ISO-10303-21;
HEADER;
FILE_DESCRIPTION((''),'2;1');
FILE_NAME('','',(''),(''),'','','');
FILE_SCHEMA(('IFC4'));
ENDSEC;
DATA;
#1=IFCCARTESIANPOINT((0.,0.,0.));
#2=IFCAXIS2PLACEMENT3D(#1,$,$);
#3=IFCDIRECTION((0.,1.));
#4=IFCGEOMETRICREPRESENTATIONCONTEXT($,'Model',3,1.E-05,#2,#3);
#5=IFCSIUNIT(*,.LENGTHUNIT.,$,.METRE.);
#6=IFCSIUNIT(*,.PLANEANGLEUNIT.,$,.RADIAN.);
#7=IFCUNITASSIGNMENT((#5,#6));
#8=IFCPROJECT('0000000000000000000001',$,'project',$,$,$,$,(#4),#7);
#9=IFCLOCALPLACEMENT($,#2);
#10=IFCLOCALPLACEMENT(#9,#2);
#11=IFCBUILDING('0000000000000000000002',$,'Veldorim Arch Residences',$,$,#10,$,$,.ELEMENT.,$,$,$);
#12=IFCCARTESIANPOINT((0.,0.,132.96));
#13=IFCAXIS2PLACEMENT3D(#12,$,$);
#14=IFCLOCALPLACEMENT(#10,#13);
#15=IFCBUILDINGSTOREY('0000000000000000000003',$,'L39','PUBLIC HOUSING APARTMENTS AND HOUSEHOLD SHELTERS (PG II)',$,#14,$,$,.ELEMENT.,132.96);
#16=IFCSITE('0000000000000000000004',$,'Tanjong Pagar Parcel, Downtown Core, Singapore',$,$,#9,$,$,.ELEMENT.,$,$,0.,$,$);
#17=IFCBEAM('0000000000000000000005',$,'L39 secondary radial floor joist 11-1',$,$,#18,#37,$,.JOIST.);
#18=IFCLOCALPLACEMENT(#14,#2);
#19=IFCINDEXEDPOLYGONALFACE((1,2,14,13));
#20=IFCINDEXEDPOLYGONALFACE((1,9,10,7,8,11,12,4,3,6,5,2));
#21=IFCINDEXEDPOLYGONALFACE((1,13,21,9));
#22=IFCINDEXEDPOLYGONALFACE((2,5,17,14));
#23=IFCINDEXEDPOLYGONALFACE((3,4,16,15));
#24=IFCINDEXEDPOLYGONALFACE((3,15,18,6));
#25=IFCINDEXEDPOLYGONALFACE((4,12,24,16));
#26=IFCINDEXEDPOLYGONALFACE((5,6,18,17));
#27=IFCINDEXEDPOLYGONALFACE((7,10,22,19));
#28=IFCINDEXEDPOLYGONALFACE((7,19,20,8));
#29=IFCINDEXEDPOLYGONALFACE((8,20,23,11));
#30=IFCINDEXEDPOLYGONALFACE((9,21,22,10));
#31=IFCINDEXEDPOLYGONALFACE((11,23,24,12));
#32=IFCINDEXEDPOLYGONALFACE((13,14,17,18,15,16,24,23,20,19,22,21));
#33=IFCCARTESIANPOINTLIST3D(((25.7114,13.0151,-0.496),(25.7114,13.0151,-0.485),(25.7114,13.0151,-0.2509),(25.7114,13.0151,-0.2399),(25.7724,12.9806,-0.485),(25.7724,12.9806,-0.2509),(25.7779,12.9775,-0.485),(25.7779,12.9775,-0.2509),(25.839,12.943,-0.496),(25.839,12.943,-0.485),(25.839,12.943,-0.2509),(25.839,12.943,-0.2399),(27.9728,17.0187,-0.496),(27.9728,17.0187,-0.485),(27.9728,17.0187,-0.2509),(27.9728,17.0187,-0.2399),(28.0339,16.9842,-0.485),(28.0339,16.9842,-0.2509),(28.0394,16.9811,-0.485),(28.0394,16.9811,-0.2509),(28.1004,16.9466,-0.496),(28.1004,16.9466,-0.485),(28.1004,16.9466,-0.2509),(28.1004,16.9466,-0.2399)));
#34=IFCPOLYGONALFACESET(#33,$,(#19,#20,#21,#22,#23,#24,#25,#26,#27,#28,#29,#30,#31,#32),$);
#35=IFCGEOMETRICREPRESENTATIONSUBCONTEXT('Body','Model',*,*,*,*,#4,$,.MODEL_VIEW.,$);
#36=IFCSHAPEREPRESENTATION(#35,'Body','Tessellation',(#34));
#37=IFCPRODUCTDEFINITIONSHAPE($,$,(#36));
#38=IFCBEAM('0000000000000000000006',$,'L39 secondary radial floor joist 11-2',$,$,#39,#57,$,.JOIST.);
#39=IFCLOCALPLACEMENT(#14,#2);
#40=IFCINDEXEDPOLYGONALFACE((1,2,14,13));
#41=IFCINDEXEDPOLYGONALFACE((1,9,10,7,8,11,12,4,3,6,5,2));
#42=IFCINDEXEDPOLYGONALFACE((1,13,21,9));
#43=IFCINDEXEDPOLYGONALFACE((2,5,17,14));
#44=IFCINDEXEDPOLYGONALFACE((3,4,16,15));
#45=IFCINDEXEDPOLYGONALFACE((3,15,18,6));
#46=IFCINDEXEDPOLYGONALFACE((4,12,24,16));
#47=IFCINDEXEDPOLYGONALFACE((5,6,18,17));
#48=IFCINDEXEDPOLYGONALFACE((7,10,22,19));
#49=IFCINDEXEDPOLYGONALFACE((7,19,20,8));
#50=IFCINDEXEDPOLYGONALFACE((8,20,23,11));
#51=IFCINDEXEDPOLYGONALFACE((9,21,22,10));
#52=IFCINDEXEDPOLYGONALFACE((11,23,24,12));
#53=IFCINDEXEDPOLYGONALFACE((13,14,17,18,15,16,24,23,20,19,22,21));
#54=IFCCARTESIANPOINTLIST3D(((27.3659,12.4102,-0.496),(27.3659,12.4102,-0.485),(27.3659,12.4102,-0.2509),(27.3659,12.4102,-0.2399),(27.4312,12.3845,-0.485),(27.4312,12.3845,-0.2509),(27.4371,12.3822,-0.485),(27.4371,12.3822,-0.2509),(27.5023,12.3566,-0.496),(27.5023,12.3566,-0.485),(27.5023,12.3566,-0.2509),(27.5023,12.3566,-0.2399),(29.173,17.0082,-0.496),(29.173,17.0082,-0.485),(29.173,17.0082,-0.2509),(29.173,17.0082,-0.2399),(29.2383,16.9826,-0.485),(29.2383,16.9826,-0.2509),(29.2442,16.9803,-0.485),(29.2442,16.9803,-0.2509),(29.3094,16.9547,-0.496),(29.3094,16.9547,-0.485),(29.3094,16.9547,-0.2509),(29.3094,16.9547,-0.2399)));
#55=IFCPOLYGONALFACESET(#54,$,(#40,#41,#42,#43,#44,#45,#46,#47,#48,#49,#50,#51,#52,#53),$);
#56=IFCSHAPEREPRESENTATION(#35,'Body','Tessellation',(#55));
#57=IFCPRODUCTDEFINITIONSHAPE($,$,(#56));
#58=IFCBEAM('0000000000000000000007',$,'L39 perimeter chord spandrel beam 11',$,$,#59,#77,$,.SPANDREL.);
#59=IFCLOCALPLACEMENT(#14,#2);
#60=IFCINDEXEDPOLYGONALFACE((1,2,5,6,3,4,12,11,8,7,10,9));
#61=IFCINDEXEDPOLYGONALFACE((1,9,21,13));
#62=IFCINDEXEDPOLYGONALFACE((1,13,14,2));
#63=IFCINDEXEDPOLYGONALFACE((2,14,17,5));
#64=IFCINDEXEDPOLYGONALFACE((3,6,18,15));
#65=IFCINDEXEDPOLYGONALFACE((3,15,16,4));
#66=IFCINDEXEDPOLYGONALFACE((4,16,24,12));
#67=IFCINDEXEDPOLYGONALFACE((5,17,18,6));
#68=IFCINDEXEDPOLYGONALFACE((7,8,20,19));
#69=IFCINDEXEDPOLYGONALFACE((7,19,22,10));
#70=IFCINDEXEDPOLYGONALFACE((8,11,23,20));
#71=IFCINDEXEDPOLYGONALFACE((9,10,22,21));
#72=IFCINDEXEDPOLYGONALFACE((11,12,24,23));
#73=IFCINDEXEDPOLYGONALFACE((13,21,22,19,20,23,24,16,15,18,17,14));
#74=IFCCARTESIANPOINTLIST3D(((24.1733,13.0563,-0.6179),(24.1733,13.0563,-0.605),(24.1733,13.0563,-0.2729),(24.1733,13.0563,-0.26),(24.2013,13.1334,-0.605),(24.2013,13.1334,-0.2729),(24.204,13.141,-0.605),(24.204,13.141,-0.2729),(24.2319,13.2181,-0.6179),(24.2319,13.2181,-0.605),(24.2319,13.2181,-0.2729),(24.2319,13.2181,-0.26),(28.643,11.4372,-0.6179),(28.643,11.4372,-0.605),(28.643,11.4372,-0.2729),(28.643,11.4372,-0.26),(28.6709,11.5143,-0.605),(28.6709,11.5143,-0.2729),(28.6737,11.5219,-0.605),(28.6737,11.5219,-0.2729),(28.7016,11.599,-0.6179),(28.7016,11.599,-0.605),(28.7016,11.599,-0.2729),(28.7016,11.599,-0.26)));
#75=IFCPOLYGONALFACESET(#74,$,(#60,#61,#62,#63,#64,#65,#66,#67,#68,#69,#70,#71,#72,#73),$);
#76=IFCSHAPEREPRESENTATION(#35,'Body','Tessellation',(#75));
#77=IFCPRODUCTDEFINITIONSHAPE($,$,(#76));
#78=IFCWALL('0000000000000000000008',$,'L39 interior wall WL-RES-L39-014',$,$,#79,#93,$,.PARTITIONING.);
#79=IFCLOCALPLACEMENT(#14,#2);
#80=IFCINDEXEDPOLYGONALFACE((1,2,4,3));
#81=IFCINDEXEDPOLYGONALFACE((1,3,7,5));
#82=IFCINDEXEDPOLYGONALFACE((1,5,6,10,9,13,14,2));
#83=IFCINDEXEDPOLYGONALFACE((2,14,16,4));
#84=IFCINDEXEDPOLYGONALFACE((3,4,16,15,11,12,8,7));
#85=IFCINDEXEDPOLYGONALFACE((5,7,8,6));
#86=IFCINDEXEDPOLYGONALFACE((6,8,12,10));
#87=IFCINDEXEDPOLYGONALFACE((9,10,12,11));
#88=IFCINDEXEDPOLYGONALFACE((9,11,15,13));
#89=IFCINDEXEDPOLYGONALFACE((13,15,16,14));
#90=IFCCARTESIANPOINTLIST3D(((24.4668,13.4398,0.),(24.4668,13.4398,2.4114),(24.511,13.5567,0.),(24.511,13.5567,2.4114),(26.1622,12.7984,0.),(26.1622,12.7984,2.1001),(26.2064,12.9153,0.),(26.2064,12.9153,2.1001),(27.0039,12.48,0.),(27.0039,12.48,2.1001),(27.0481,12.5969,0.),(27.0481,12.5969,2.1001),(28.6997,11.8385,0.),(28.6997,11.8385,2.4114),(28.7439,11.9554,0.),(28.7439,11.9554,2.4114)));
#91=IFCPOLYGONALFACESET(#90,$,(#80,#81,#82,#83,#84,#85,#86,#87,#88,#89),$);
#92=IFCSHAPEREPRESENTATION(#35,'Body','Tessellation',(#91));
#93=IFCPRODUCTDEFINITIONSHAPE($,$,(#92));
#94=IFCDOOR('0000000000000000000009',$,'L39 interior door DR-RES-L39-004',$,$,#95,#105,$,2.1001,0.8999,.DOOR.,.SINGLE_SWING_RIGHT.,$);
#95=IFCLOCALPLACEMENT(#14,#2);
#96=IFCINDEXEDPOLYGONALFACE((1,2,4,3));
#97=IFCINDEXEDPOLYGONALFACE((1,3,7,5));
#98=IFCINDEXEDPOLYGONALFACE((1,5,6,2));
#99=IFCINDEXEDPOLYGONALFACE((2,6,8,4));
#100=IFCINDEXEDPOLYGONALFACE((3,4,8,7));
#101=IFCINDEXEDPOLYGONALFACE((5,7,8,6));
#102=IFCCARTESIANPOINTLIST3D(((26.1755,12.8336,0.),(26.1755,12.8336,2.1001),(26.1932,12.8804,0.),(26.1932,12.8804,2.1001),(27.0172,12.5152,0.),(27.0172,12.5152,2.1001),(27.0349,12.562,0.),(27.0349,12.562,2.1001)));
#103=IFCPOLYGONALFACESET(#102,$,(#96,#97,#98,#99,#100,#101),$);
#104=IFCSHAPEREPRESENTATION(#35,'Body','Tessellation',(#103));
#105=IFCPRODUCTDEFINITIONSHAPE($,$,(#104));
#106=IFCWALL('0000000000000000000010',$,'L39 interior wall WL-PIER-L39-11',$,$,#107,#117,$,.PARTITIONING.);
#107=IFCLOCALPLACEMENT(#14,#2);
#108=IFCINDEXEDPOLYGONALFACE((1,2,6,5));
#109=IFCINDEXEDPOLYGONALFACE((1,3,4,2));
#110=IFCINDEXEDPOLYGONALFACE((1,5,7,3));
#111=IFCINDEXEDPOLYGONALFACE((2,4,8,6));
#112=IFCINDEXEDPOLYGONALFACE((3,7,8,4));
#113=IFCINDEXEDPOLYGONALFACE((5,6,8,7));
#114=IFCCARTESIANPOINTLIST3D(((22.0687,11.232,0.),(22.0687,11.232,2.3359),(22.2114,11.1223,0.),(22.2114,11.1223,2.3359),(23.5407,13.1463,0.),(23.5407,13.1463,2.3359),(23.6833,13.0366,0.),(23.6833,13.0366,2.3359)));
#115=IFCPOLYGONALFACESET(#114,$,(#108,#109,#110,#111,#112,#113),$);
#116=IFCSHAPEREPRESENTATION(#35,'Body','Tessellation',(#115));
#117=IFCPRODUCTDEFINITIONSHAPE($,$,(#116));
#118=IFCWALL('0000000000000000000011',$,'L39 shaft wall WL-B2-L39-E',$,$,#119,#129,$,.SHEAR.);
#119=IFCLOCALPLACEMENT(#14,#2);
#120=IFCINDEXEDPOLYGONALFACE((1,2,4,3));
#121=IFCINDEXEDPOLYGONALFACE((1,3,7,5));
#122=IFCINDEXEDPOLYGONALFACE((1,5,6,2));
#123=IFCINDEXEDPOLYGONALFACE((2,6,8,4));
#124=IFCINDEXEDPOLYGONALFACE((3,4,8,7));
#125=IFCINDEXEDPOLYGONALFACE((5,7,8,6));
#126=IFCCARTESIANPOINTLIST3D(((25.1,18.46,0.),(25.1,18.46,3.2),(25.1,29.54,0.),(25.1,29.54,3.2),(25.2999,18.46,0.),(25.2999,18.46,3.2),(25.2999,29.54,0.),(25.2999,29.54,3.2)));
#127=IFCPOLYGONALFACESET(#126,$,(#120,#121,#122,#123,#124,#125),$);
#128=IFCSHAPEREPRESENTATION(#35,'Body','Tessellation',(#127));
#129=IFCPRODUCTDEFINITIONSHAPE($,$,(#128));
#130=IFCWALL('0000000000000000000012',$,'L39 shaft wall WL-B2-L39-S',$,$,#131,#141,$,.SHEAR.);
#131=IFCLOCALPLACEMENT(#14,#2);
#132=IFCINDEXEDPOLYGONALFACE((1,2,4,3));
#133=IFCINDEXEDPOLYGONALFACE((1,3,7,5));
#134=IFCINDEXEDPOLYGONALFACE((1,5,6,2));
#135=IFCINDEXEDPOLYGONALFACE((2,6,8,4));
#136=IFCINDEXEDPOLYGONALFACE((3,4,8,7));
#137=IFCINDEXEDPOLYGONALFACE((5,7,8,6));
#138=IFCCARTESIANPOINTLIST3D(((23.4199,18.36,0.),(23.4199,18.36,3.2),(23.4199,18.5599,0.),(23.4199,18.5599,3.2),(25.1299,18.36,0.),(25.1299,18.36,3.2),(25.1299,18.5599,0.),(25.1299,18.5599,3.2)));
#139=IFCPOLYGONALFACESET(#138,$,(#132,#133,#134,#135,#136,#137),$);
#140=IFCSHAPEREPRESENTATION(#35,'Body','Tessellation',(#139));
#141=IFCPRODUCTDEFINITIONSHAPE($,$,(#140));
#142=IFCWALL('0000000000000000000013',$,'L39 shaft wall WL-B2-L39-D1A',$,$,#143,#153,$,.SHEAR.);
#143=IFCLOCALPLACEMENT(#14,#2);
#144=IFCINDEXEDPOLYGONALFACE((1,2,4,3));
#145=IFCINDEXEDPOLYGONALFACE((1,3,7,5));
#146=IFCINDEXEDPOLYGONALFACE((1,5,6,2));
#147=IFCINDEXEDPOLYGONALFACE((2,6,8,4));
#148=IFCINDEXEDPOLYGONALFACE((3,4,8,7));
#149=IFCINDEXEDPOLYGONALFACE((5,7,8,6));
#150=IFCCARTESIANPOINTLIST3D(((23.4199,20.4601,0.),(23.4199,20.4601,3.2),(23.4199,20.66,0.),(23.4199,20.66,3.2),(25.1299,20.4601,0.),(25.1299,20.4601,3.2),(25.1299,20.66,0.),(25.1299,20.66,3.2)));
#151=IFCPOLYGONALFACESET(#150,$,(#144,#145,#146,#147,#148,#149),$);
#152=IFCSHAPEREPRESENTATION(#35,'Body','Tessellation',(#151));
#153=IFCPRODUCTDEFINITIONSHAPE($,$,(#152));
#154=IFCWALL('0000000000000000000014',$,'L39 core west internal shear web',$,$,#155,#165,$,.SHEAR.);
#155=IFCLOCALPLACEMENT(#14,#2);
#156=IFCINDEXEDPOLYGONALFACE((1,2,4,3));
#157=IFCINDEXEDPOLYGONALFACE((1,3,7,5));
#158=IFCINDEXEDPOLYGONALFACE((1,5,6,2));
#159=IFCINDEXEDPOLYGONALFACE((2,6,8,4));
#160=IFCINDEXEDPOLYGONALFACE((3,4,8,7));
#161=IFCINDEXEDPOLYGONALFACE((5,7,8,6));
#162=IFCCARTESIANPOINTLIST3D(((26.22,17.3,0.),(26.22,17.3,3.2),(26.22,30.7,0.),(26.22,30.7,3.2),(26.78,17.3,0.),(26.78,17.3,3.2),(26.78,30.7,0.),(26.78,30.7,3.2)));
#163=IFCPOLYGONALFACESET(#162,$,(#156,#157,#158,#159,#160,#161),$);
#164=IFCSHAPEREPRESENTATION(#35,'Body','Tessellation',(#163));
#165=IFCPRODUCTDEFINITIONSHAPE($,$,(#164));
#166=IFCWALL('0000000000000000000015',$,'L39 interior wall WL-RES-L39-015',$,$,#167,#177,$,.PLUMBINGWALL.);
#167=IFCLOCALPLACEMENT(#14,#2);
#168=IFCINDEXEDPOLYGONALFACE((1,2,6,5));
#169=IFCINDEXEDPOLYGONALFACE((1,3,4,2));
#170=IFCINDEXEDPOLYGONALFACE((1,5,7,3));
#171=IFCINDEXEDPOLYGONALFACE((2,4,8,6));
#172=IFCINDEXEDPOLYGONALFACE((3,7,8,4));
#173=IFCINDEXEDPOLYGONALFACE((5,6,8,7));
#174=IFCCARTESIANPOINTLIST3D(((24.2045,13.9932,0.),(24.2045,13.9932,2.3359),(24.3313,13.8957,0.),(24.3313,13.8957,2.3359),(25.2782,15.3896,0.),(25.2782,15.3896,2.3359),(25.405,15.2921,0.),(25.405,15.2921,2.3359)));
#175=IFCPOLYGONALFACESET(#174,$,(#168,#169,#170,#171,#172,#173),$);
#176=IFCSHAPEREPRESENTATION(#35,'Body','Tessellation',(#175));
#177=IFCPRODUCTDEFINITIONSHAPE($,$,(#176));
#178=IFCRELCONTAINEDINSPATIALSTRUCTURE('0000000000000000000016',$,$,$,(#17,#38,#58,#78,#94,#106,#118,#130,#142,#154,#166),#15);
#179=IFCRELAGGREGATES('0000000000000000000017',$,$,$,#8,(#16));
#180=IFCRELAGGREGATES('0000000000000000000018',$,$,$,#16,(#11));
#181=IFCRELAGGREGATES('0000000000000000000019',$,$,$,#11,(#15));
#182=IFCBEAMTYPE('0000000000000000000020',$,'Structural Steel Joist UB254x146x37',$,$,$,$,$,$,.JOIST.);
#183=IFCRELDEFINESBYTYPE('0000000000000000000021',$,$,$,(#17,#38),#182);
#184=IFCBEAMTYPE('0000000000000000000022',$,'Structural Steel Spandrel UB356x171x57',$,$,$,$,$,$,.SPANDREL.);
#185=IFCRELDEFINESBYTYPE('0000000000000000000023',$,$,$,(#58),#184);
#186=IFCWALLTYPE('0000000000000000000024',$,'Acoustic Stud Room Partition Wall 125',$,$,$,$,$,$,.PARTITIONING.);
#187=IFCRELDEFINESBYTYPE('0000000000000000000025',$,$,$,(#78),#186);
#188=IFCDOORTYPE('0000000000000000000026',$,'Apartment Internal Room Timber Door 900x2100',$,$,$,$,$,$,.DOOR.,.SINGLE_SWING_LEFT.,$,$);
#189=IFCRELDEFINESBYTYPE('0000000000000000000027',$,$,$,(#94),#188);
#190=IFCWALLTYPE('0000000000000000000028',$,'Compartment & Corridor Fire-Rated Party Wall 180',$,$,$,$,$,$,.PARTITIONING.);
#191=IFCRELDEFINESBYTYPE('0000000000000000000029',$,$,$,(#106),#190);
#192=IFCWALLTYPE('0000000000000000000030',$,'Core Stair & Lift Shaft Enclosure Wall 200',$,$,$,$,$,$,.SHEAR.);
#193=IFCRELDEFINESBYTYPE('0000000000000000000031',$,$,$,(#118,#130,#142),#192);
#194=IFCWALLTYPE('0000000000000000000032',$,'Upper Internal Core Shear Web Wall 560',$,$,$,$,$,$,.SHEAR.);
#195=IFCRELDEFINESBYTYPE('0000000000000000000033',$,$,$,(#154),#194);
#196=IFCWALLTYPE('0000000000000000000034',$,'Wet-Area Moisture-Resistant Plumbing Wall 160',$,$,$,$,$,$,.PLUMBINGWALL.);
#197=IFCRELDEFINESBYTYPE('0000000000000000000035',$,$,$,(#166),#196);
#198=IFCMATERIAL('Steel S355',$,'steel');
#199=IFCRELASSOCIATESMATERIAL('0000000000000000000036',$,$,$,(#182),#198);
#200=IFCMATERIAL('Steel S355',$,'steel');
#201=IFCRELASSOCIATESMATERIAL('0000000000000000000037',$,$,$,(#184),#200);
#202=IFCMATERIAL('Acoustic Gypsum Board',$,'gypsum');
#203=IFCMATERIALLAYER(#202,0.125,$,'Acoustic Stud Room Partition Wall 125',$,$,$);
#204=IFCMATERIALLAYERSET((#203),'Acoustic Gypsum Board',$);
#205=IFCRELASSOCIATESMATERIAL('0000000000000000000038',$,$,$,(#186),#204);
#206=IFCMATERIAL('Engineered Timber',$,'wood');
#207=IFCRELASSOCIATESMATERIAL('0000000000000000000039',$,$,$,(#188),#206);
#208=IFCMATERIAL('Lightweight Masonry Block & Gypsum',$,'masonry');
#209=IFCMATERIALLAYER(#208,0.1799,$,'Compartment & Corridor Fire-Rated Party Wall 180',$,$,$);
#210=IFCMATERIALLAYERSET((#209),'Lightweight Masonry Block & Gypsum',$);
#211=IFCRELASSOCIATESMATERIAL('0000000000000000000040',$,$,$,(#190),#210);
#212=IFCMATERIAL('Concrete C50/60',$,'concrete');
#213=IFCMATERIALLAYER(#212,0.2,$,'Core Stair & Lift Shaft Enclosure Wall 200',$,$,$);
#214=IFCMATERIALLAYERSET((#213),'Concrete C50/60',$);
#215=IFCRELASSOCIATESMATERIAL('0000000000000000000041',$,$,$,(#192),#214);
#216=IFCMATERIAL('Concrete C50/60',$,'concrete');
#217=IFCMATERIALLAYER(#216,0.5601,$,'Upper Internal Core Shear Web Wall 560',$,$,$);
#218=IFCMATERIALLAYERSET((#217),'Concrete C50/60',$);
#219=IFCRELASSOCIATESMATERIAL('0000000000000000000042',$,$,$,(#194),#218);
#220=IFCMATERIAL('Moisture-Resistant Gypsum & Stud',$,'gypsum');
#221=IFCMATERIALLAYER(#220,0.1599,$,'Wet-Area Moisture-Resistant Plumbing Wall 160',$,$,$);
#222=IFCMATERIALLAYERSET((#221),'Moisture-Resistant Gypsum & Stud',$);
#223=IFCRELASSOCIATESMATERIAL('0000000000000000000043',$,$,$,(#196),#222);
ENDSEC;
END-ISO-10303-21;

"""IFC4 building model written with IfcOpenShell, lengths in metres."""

from ifc_helpers import new_model, si_unit, direction, frame, frame_2d, origin, origin_2d, place, context, subcontext, project, spatial, rectangle, i_section, extrude, material, layer, layer_set, material_profile, profile_set, type_object, element, fill, save


model = new_model("IFC4")

# Units and contexts
model_context = context("Model", 3, precision=1e-05, world=origin(), true_north=direction((0.0, 1.0)))
body_context = subcontext(model_context, "Body", "Model", "MODEL_VIEW")
ifc_project = project(units=[si_unit("LENGTHUNIT", "METRE"), si_unit("PLANEANGLEUNIT", "RADIAN")], contexts=[model_context])

# Site, building, storey
site_placement = place(None, origin())
site = spatial("IfcSite", under=ifc_project, at=site_placement, Name="Tanjong Pagar Parcel, Downtown Core, Singapore", CompositionType="ELEMENT", RefElevation=0.0)
building_placement = place(site_placement, origin())
building = spatial("IfcBuilding", under=site, at=building_placement, Name="Veldorim Arch Residences", CompositionType="ELEMENT")
storey_placement = place(building_placement, frame((0.0, 0.0, 132.96)))
storey = spatial("IfcBuildingStorey", under=building, at=storey_placement, Name="L39", Description="PUBLIC HOUSING APARTMENTS AND HOUSEHOLD SHELTERS (PG II)", CompositionType="ELEMENT", Elevation=132.96)

# Beams
ifc_material_1 = material(Name="Steel S355", Category="steel")
ifc_material_profile_1 = material_profile(ifc_material_1, i_section(OverallWidth=0.1465, OverallDepth=0.2561, WebThickness=0.0063, FlangeThickness=0.011, at=origin_2d()), Name="UB254x146x37")
ifc_profile_set_1 = profile_set([ifc_material_profile_1], Name="Steel S355")
beam_type_1 = type_object("IfcBeamType", Name="Structural Steel Joist UB254x146x37", PredefinedType="JOIST", material=ifc_profile_set_1)
beam_1_placement = place(storey_placement, frame((28.0366, 16.9827, -0.3679), z_axis=(-0.491816, -0.870699, 0.0), x_axis=(0.870699, -0.491816, 0.0)))
element("IfcBeam", 1, at=beam_1_placement, inside=storey, type_object=beam_type_1, Name="L39 secondary radial floor joist 11-1", PredefinedType="JOIST", context=body_context, shape_type="SweptSolid", body=[
    extrude(i_section(OverallWidth=0.1465, OverallDepth=0.2561, WebThickness=0.0063, FlangeThickness=0.011, at=origin_2d()), origin(), (0.0, 0.0, 1.0), 4.5981),
])
beam_2_placement = place(storey_placement, frame((29.2412, 16.9814, -0.3679), z_axis=(-0.365778, -0.930702, 0.0), x_axis=(0.930702, -0.365778, 0.0)))
element("IfcBeam", 2, at=beam_2_placement, inside=storey, type_object=beam_type_1, Name="L39 secondary radial floor joist 11-2", PredefinedType="JOIST", context=body_context, shape_type="SweptSolid", body=[
    extrude(i_section(OverallWidth=0.1465, OverallDepth=0.2561, WebThickness=0.0063, FlangeThickness=0.011, at=origin_2d()), origin(), (0.0, 0.0, 1.0), 4.9404),
])
ifc_material_2 = material(Name="Steel S355", Category="steel")
ifc_material_profile_2 = material_profile(ifc_material_2, i_section(OverallWidth=0.1721, OverallDepth=0.3579, WebThickness=0.0081, FlangeThickness=0.0129, at=origin_2d()), Name="UB356x171x57")
ifc_profile_set_2 = profile_set([ifc_material_profile_2], Name="Steel S355")
beam_type_2 = type_object("IfcBeamType", Name="Structural Steel Spandrel UB356x171x57", PredefinedType="SPANDREL", material=ifc_profile_set_2)
beam_3_placement = place(storey_placement, frame((24.2026, 13.1372, -0.439), z_axis=(0.940213, -0.340588, 0.0), x_axis=(0.340588, 0.940213, 0.0)))
element("IfcBeam", 3, at=beam_3_placement, inside=storey, type_object=beam_type_2, Name="L39 perimeter chord spandrel beam 11", PredefinedType="SPANDREL", context=body_context, shape_type="SweptSolid", body=[
    extrude(i_section(OverallWidth=0.1721, OverallDepth=0.3579, WebThickness=0.0081, FlangeThickness=0.0129, at=origin_2d()), origin(), (0.0, 0.0, 1.0), 4.7539),
])

# Wall, opening, door
ifc_material_3 = material(Name="Acoustic Gypsum Board", Category="gypsum")
ifc_layer_1 = layer(ifc_material_3, 0.125, Name="Acoustic Stud Room Partition Wall 125")
ifc_layer_set_1 = layer_set([ifc_layer_1], Name="Acoustic Gypsum Board")
wall_type_1 = type_object("IfcWallType", Name="Acoustic Stud Room Partition Wall 125", PredefinedType="PARTITIONING", material=ifc_layer_set_1)
wall_1_placement = place(storey_placement, frame((28.7217, 11.897, 0.0), z_axis=(0.0, 0.0, 1.0), x_axis=(-0.93531, 0.35383, 0.0)))
wall_1 = element("IfcWall", 4, at=wall_1_placement, inside=storey, type_object=wall_type_1, Name="L39 interior wall WL-RES-L39-014", PredefinedType="PARTITIONING", context=body_context, shape_type="SweptSolid", body=[
    extrude(rectangle(XDim=4.5256, YDim=0.125, at=frame_2d((2.2627, 0.0))), origin(), (0.0, 0.0, 1.0), 2.4114),
])
opening_1_placement = place(wall_1_placement, frame((1.813, 0.0, 0.0)))
opening_1 = element("IfcOpeningElement", 5, at=opening_1_placement, cuts=wall_1, PredefinedType="OPENING", context=body_context, shape_type="SweptSolid", body=[
    extrude(rectangle(XDim=0.8999, YDim=2.1001, at=frame_2d((0.45, 1.05))), frame((0.0, 0.0725, 0.0), z_axis=(0.0, -1.0, 0.0), x_axis=(1.0, 0.0, 0.0)), (0.0, 0.0, 1.0), 0.145),
])
ifc_material_4 = material(Name="Engineered Timber", Category="wood")
door_type_1 = type_object("IfcDoorType", Name="Apartment Internal Room Timber Door 900x2100", OperationType="SINGLE_SWING_LEFT", PredefinedType="DOOR", material=ifc_material_4)
door_1_placement = place(opening_1_placement, origin())
door_1 = element("IfcDoor", 6, at=door_1_placement, inside=storey, type_object=door_type_1, Name="L39 interior door DR-RES-L39-004", OperationType="SINGLE_SWING_RIGHT", OverallHeight=2.1001, OverallWidth=0.8999, PredefinedType="DOOR", context=body_context, shape_type="SweptSolid", body=[
    extrude(rectangle(XDim=0.8999, YDim=2.1001, at=frame_2d((0.45, 1.05))), frame((0.0, 0.0249, 0.0), z_axis=(0.0, -1.0, 0.0), x_axis=(1.0, 0.0, 0.0)), (0.0, 0.0, 1.0), 0.05),
])
fill(opening_1, door_1)

# Walls
ifc_material_5 = material(Name="Lightweight Masonry Block & Gypsum", Category="masonry")
ifc_layer_2 = layer(ifc_material_5, 0.1799, Name="Compartment & Corridor Fire-Rated Party Wall 180")
ifc_layer_set_2 = layer_set([ifc_layer_2], Name="Lightweight Masonry Block & Gypsum")
wall_type_2 = type_object("IfcWallType", Name="Compartment & Corridor Fire-Rated Party Wall 180", PredefinedType="PARTITIONING", material=ifc_layer_set_2)
wall_2_placement = place(storey_placement, frame((23.6121, 13.0916, 0.0), z_axis=(0.0, 0.0, 1.0), x_axis=(-0.60955, -0.792748, 0.0)))
element("IfcWall", 7, at=wall_2_placement, inside=storey, type_object=wall_type_2, Name="L39 interior wall WL-PIER-L39-11", PredefinedType="PARTITIONING", context=body_context, shape_type="SweptSolid", body=[
    extrude(rectangle(XDim=2.4148, YDim=0.1799, at=frame_2d((1.2075, 0.0))), origin(), (0.0, 0.0, 1.0), 2.3359),
])
ifc_material_6 = material(Name="Concrete C50/60", Category="concrete")
ifc_layer_3 = layer(ifc_material_6, 0.2, Name="Core Stair & Lift Shaft Enclosure Wall 200")
ifc_layer_set_3 = layer_set([ifc_layer_3], Name="Concrete C50/60")
wall_type_3 = type_object("IfcWallType", Name="Core Stair & Lift Shaft Enclosure Wall 200", PredefinedType="SHEAR", material=ifc_layer_set_3)
wall_3_placement = place(storey_placement, frame((25.2, 18.46, 0.0), z_axis=(0.0, 0.0, 1.0), x_axis=(0.0, 1.0, 0.0)))
element("IfcWall", 8, at=wall_3_placement, inside=storey, type_object=wall_type_3, Name="L39 shaft wall WL-B2-L39-E", PredefinedType="SHEAR", context=body_context, shape_type="SweptSolid", body=[
    extrude(rectangle(XDim=11.0801, YDim=0.2, at=frame_2d((5.54, 0.0))), origin(), (0.0, 0.0, 1.0), 3.2),
])
for number, where, z_axis, x_axis, name in (
    (9, (23.4199, 18.46, 0.0), (0.0, 0.0, 1.0), (1.0, 0.0, 0.0), "L39 shaft wall WL-B2-L39-S"),
    (10, (23.4199, 20.5601, 0.0), (0.0, 0.0, 1.0), (1.0, 0.0, 0.0), "L39 shaft wall WL-B2-L39-D1A"),
):
    element("IfcWall", number, at=place(storey_placement, frame(where, z_axis=z_axis, x_axis=x_axis)), inside=storey, type_object=wall_type_3, Name=name, PredefinedType="SHEAR", context=body_context, shape_type="SweptSolid", body=[
        extrude(rectangle(XDim=1.71, YDim=0.2, at=frame_2d((0.855, 0.0))), origin(), (0.0, 0.0, 1.0), 3.2),
    ])

# Walls
ifc_material_7 = material(Name="Concrete C50/60", Category="concrete")
ifc_layer_4 = layer(ifc_material_7, 0.5601, Name="Upper Internal Core Shear Web Wall 560")
ifc_layer_set_4 = layer_set([ifc_layer_4], Name="Concrete C50/60")
wall_type_4 = type_object("IfcWallType", Name="Upper Internal Core Shear Web Wall 560", PredefinedType="SHEAR", material=ifc_layer_set_4)
wall_4_placement = place(storey_placement, frame((26.5, 17.3, 0.0), z_axis=(0.0, 0.0, 1.0), x_axis=(0.0, 1.0, 0.0)))
element("IfcWall", 11, at=wall_4_placement, inside=storey, type_object=wall_type_4, Name="L39 core west internal shear web", PredefinedType="SHEAR", context=body_context, shape_type="SweptSolid", body=[
    extrude(rectangle(XDim=13.3999, YDim=0.5601, at=frame_2d((6.7, 0.0))), origin(), (0.0, 0.0, 1.0), 3.2),
])
ifc_material_8 = material(Name="Moisture-Resistant Gypsum & Stud", Category="gypsum")
ifc_layer_5 = layer(ifc_material_8, 0.1599, Name="Wet-Area Moisture-Resistant Plumbing Wall 160")
ifc_layer_set_5 = layer_set([ifc_layer_5], Name="Moisture-Resistant Gypsum & Stud")
wall_type_5 = type_object("IfcWallType", Name="Wet-Area Moisture-Resistant Plumbing Wall 160", PredefinedType="PLUMBINGWALL", material=ifc_layer_set_5)
wall_5_placement = place(storey_placement, frame((24.2678, 13.9443, 0.0), z_axis=(0.0, 0.0, 1.0), x_axis=(0.609537, 0.792758, 0.0)))
element("IfcWall", 12, at=wall_5_placement, inside=storey, type_object=wall_type_5, Name="L39 interior wall WL-RES-L39-015", PredefinedType="PLUMBINGWALL", context=body_context, shape_type="SweptSolid", body=[
    extrude(rectangle(XDim=1.7615, YDim=0.1599, at=frame_2d((0.8809, 0.0))), origin(), (0.0, 0.0, 1.0), 2.3359),
])

save(model, "model.ifc")
